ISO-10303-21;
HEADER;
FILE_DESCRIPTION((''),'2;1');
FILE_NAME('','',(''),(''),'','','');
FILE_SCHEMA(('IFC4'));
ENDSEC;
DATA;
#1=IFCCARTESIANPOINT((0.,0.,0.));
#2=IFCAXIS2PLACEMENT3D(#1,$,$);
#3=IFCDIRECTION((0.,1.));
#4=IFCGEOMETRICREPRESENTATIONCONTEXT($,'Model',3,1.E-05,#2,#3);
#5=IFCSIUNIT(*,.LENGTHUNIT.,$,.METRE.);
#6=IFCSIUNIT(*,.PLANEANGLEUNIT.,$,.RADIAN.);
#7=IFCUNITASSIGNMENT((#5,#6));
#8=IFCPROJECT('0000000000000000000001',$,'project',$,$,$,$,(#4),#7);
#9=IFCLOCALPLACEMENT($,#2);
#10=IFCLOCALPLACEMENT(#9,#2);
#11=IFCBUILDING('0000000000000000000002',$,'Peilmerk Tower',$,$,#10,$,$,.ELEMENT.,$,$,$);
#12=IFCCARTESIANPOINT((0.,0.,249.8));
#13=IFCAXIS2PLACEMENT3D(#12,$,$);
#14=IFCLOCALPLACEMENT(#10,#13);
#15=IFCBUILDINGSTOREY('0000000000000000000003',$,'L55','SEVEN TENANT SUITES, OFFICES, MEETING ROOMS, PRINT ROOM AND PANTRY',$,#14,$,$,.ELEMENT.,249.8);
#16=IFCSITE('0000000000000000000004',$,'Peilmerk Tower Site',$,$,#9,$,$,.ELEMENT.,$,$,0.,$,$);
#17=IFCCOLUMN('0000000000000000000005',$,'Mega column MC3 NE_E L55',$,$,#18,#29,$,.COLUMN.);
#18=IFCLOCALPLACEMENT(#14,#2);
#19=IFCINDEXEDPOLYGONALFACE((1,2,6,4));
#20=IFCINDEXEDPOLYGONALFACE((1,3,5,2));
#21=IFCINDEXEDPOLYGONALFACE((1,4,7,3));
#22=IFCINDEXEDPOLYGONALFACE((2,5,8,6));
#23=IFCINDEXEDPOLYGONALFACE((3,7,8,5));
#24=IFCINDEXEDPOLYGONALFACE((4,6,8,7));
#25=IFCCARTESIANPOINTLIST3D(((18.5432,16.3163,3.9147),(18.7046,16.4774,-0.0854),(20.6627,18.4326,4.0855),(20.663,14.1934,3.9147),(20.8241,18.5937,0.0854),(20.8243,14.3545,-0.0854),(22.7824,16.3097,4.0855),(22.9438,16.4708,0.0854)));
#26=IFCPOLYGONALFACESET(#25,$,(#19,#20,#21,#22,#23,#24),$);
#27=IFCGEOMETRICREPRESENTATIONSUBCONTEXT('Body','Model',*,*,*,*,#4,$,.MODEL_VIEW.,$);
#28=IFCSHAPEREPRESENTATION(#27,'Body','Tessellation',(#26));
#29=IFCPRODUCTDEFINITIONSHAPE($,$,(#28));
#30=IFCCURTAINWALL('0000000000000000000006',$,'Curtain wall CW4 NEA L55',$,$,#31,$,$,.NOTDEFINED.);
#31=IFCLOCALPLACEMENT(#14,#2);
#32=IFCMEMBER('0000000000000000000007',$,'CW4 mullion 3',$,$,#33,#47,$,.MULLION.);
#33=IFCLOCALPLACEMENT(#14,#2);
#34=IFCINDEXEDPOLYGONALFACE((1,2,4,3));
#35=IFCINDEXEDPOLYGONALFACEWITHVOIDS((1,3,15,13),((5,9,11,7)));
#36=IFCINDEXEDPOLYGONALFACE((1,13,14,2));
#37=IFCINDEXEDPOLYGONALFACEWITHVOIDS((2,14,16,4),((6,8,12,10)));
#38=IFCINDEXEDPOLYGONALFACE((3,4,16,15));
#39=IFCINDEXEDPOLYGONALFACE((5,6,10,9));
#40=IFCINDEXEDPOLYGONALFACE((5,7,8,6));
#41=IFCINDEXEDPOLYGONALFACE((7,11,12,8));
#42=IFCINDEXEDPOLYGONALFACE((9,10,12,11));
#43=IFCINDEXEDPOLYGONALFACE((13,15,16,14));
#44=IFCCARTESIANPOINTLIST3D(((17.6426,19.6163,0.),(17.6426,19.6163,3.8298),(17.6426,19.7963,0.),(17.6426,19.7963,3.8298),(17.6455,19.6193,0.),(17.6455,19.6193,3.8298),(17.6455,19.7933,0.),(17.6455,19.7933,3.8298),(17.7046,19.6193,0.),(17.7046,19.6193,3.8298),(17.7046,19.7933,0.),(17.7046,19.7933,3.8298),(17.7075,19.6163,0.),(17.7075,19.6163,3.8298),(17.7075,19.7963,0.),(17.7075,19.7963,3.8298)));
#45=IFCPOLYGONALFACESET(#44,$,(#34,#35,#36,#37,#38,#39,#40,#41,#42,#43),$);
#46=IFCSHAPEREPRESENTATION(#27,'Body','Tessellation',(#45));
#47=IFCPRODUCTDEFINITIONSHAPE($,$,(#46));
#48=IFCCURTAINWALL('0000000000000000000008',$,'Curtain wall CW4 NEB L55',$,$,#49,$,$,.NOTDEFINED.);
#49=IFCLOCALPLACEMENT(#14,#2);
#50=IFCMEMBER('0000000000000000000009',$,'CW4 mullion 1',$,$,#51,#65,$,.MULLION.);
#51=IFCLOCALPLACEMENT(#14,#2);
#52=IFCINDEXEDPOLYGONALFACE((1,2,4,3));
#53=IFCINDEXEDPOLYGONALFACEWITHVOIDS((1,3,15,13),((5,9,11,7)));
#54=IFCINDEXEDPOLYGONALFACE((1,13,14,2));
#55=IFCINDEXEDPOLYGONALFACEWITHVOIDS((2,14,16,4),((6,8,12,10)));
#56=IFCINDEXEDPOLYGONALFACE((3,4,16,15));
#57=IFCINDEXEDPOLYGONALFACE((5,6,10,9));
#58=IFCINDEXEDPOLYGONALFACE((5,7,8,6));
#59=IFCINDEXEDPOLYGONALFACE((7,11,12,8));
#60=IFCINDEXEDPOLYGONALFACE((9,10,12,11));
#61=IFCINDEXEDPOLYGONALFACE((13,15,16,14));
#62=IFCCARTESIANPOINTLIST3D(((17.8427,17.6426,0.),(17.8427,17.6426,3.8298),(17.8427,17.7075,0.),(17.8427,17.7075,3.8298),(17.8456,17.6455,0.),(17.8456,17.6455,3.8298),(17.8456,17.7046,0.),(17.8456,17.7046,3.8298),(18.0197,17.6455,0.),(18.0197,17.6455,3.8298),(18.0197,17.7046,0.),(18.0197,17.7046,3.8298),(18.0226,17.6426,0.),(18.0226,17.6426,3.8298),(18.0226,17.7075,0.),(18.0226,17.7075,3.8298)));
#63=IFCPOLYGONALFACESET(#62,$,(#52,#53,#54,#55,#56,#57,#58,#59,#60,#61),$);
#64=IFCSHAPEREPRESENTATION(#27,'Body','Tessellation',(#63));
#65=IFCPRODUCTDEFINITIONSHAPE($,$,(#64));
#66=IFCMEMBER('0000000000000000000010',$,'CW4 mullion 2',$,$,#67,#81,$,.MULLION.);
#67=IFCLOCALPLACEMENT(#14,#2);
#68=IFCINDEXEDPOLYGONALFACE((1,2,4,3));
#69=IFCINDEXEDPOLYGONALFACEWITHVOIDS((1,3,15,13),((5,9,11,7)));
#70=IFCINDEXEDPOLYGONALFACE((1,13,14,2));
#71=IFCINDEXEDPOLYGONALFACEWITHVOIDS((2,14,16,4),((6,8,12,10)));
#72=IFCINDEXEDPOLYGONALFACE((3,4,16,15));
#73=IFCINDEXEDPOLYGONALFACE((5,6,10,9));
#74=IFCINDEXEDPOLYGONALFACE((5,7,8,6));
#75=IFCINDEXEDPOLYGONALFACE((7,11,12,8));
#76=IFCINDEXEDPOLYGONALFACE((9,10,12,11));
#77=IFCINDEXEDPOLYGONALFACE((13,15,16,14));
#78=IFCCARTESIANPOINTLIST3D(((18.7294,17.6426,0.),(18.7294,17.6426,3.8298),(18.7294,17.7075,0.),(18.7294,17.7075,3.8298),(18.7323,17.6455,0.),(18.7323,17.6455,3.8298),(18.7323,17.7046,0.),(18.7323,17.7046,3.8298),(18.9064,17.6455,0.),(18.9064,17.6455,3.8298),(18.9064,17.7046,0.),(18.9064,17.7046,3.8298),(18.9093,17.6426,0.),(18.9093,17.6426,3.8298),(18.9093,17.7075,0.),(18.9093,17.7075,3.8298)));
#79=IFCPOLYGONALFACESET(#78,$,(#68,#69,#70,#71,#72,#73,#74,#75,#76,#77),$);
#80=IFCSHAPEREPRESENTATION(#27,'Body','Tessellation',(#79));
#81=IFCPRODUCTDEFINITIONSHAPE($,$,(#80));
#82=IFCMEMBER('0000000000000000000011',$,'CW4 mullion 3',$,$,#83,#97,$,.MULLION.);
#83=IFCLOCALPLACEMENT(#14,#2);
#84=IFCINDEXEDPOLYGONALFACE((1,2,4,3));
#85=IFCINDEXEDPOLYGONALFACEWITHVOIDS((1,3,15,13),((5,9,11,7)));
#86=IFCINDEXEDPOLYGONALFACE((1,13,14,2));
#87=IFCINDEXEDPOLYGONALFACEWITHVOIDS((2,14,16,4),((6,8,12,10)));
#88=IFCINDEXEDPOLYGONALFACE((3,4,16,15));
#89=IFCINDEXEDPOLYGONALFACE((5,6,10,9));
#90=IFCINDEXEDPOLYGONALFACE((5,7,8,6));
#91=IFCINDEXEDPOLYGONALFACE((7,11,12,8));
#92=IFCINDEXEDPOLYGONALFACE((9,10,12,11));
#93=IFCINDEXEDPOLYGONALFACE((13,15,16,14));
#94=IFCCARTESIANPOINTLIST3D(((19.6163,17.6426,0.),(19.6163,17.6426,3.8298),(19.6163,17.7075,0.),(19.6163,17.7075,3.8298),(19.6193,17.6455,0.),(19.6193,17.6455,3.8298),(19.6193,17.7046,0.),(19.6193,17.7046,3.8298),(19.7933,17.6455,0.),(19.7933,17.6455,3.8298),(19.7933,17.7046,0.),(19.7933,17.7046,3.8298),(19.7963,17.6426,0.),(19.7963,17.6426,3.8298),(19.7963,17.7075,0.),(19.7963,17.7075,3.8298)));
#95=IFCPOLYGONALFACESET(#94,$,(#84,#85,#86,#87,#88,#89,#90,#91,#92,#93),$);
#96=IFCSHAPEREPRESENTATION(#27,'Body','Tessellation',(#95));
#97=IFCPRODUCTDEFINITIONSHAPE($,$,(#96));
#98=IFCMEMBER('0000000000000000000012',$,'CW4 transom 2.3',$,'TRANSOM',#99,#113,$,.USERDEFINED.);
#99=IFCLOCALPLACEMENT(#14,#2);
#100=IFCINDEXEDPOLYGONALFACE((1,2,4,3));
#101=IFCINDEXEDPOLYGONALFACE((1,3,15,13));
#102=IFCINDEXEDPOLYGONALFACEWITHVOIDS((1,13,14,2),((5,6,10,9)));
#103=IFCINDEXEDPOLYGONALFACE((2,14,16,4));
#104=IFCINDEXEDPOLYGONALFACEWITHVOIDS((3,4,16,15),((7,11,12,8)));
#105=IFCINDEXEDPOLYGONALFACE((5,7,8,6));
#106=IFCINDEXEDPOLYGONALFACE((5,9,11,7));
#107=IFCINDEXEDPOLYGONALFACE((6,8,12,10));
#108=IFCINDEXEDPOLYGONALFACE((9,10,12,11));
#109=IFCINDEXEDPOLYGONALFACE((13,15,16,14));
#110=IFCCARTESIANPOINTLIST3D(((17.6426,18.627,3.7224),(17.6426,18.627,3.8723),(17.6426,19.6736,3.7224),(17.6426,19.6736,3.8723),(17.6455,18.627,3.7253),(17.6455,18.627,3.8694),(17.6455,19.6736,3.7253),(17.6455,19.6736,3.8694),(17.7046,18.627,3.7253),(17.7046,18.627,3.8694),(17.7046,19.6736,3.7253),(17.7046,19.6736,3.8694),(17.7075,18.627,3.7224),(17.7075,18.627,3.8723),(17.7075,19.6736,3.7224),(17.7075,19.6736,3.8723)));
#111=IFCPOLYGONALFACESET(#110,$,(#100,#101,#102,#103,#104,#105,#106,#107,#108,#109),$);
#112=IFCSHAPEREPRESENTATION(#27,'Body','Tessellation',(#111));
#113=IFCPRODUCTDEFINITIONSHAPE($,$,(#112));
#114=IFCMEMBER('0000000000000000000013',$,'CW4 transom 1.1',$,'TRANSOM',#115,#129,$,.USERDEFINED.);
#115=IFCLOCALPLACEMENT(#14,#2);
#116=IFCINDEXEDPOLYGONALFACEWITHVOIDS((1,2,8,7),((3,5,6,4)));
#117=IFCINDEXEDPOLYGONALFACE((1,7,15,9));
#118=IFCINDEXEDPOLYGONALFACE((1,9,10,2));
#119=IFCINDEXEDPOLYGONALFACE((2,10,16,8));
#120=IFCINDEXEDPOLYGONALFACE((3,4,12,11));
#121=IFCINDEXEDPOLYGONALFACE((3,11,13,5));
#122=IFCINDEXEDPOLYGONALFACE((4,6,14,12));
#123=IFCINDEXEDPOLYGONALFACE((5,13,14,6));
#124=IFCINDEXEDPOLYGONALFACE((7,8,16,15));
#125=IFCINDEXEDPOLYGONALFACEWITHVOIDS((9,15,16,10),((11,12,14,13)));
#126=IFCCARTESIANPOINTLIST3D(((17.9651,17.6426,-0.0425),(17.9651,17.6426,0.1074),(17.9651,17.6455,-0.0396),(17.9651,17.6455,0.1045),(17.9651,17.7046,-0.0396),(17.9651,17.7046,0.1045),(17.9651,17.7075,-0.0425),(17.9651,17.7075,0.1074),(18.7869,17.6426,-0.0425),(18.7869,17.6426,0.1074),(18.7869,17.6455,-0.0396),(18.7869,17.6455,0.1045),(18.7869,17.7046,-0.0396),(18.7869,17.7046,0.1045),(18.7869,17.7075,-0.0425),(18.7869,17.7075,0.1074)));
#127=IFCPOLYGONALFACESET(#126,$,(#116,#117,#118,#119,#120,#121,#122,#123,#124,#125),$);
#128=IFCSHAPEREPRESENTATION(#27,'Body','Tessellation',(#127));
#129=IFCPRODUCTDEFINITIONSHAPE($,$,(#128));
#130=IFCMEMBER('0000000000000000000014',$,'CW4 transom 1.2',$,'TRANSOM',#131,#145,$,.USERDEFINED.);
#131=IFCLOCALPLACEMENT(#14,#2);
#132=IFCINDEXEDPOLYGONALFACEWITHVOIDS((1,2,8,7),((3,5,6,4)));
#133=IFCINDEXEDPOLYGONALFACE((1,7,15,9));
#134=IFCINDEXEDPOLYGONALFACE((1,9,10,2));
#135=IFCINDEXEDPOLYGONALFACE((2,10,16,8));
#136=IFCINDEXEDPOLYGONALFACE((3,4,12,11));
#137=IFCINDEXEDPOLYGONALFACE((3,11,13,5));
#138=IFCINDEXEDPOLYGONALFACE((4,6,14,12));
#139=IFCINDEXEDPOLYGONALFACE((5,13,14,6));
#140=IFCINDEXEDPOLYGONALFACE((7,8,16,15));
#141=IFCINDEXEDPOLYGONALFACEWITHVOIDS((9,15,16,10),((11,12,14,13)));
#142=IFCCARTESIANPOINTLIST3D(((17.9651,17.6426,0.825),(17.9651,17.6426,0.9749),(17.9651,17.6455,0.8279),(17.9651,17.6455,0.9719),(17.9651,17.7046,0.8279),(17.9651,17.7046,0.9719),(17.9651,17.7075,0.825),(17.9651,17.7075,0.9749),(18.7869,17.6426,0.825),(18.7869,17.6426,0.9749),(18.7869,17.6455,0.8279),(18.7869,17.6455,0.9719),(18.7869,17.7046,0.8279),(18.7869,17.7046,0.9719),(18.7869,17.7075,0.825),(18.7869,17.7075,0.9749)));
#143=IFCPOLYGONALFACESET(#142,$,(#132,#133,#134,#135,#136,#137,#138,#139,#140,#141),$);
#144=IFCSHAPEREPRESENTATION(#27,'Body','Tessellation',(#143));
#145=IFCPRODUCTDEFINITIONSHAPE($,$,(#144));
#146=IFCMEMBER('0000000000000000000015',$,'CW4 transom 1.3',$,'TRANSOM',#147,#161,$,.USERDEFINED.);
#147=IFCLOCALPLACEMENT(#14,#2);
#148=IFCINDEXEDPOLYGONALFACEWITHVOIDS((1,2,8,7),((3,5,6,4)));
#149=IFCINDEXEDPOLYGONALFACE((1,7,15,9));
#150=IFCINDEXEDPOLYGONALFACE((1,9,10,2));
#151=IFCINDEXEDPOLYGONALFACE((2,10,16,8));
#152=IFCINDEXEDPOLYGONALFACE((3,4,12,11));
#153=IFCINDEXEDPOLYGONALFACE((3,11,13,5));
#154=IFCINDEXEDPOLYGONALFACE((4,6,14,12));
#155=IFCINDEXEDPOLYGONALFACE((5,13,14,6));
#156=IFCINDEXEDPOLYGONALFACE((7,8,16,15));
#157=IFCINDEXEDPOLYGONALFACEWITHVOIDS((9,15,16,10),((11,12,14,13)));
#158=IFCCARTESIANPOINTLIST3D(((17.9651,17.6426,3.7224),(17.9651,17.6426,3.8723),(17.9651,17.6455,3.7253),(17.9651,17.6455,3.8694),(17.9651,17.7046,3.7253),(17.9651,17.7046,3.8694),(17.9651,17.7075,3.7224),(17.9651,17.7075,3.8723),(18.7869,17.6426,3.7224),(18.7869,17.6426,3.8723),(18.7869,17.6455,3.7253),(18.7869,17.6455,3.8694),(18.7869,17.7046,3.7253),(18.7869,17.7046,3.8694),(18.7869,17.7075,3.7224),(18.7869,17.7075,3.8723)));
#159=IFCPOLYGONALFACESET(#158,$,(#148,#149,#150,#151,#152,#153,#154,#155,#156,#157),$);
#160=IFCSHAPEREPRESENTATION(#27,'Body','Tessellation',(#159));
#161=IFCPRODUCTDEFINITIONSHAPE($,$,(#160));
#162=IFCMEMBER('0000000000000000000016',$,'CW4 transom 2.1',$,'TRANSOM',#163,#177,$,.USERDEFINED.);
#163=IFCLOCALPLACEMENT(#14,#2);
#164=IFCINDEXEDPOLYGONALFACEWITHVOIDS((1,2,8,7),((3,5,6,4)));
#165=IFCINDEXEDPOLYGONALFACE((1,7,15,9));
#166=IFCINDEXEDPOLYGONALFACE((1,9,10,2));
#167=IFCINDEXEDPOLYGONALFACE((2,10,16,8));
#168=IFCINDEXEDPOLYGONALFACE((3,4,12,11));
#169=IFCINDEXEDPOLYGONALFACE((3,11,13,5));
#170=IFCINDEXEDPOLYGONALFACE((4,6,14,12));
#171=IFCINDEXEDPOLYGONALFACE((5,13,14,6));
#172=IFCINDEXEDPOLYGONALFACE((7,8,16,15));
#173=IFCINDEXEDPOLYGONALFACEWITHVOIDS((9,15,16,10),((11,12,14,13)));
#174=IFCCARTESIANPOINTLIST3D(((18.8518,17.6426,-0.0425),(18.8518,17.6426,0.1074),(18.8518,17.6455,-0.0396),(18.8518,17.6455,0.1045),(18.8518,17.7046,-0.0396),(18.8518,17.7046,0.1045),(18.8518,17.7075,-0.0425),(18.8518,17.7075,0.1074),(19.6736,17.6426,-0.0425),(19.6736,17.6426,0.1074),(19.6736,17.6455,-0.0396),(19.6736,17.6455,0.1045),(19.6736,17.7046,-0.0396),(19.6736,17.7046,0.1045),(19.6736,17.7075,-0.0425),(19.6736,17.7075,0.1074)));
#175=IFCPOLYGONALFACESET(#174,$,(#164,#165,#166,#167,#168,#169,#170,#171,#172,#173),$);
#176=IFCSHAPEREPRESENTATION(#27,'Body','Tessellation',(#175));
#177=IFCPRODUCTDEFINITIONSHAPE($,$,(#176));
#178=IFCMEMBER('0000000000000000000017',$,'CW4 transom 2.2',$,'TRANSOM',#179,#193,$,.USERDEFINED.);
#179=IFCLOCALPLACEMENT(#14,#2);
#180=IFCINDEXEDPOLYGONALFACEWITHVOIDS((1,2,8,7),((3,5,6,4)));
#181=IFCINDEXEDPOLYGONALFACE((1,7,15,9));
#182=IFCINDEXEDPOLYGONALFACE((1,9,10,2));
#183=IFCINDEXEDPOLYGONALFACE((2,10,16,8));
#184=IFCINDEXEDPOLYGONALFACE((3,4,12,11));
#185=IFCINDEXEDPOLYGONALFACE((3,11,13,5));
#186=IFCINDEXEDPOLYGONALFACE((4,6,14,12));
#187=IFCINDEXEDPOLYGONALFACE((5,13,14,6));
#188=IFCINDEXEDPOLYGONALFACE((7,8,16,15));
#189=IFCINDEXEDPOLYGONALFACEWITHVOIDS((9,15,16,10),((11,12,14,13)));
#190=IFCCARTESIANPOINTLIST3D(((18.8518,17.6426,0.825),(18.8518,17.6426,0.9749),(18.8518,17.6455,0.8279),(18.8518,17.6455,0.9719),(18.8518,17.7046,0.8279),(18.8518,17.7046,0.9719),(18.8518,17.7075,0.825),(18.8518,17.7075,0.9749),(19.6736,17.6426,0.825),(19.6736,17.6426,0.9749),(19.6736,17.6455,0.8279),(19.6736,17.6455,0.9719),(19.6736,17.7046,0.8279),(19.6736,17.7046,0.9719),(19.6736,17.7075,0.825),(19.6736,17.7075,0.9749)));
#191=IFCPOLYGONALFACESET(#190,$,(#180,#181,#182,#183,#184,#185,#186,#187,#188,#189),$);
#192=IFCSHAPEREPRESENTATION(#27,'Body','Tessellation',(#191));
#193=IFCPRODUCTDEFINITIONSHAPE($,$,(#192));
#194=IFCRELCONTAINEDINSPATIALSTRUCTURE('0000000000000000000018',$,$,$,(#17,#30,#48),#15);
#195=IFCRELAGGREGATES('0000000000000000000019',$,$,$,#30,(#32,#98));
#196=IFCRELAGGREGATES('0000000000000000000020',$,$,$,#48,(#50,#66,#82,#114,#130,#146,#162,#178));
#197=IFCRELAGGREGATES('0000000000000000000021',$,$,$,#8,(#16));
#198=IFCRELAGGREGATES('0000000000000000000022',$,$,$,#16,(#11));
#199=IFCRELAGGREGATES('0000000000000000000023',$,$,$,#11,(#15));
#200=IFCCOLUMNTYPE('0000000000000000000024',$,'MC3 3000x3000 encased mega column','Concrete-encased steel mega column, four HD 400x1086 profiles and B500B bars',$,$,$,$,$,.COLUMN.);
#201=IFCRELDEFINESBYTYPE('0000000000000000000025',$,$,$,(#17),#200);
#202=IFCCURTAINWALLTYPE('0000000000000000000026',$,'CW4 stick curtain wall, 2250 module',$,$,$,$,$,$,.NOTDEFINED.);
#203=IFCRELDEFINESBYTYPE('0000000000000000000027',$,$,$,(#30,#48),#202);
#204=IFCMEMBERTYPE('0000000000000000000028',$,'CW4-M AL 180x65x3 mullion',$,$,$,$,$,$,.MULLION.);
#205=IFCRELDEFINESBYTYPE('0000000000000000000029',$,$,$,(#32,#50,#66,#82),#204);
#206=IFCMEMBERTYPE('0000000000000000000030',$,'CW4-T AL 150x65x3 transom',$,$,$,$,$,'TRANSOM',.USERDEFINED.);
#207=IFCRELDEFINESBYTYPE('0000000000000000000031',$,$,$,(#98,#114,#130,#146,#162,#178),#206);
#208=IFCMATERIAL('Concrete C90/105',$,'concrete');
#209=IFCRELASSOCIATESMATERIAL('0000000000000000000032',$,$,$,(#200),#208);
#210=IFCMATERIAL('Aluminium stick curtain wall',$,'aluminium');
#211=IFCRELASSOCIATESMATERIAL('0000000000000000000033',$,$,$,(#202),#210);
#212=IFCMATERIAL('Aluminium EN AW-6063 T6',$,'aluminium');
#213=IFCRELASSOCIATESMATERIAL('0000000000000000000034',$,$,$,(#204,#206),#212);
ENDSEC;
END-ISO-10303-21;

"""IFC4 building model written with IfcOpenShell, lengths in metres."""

from ifc_helpers import new_model, si_unit, direction, frame, origin, origin_2d, place, context, subcontext, project, spatial, rectangle, hollow_rectangle, extrude, material, material_profile, profile_set, type_object, element, aggregate, save


model = new_model("IFC4")

# Units and contexts
model_context = context("Model", 3, precision=1e-05, world=origin(), true_north=direction((0.0, 1.0)))
body_context = subcontext(model_context, "Body", "Model", "MODEL_VIEW")
ifc_project = project(units=[si_unit("LENGTHUNIT", "METRE"), si_unit("PLANEANGLEUNIT", "RADIAN")], contexts=[model_context])

# Site, building, storey
site_placement = place(None, origin())
site = spatial("IfcSite", under=ifc_project, at=site_placement, Name="Peilmerk Tower Site", CompositionType="ELEMENT", RefElevation=0.0)
building_placement = place(site_placement, origin())
building = spatial("IfcBuilding", under=site, at=building_placement, Name="Peilmerk Tower", CompositionType="ELEMENT")
storey_placement = place(building_placement, frame((0.0, 0.0, 249.8)))
storey = spatial("IfcBuildingStorey", under=building, at=storey_placement, Name="L55", Description="SEVEN TENANT SUITES, OFFICES, MEETING ROOMS, PRINT ROOM AND PANTRY", CompositionType="ELEMENT", Elevation=249.8)

# Column
ifc_material_1 = material(Name="Concrete C90/105", Category="concrete")
ifc_material_profile_1 = material_profile(ifc_material_1, rectangle(XDim=3.0, YDim=3.0, at=origin_2d()), Name="RC 3000x3000")
ifc_profile_set_1 = profile_set([ifc_material_profile_1], Name="Concrete C90/105")
column_type = type_object("IfcColumnType", Name="MC3 3000x3000 encased mega column", Description="Concrete-encased steel mega column, four HD 400x1086 profiles and B500B bars", PredefinedType="COLUMN", material=ifc_profile_set_1)
column_placement = place(storey_placement, frame((20.8242, 16.4741, 0.0), z_axis=(-0.040279, -0.040218, 0.998379), x_axis=(0.706571, -0.707642, 0.0)))
element("IfcColumn", 1, at=column_placement, inside=storey, type_object=column_type, Name="Mega column MC3 NE_E L55", PredefinedType="COLUMN", context=body_context, shape_type="SweptSolid", body=[
    extrude(rectangle(XDim=3.0, YDim=3.0, at=origin_2d()), origin(), (0.0, 0.0, 1.0), 4.0066),
])

# Curtain wall, member
ifc_material_2 = material(Name="Aluminium stick curtain wall", Category="aluminium")
curtain_wall_type = type_object("IfcCurtainWallType", Name="CW4 stick curtain wall, 2250 module", PredefinedType="NOTDEFINED", material=ifc_material_2)
curtain_wall_1_placement = place(storey_placement, origin())
curtain_wall_1 = element("IfcCurtainWall", 2, at=curtain_wall_1_placement, inside=storey, type_object=curtain_wall_type, Name="Curtain wall CW4 NEA L55", PredefinedType="NOTDEFINED")
ifc_material_3 = material(Name="Aluminium EN AW-6063 T6", Category="aluminium")
ifc_material_profile_2 = material_profile(ifc_material_3, hollow_rectangle(XDim=0.0649, YDim=0.1799, WallThickness=0.0029, at=origin_2d()), Name="AL 180x65x3")
ifc_profile_set_2 = profile_set([ifc_material_profile_2], Name="Aluminium EN AW-6063 T6")
member_type_1 = type_object("IfcMemberType", Name="CW4-M AL 180x65x3 mullion", PredefinedType="MULLION", material=ifc_profile_set_2)
member_1_placement = place(storey_placement, frame((17.675, 19.7063, 0.0), z_axis=(0.0, 0.0, 1.0), x_axis=(-1.0, 0.0, 0.0)))
member_1 = element("IfcMember", 3, at=member_1_placement, type_object=member_type_1, Name="CW4 mullion 3", PredefinedType="MULLION", context=body_context, shape_type="SweptSolid", body=[
    extrude(hollow_rectangle(XDim=0.0649, YDim=0.1799, WallThickness=0.0029, at=origin_2d()), origin(), (0.0, 0.0, 1.0), 3.8298),
])

# Curtain wall, members
curtain_wall_2_placement = place(storey_placement, origin())
curtain_wall_2 = element("IfcCurtainWall", 4, at=curtain_wall_2_placement, inside=storey, type_object=curtain_wall_type, Name="Curtain wall CW4 NEB L55", PredefinedType="NOTDEFINED")
member_2_placement = place(storey_placement, frame((17.9326, 17.675, 0.0), z_axis=(0.0, 0.0, 1.0), x_axis=(0.0, 1.0, 0.0)))
member_2 = element("IfcMember", 5, at=member_2_placement, type_object=member_type_1, Name="CW4 mullion 1", PredefinedType="MULLION", context=body_context, shape_type="SweptSolid", body=[
    extrude(hollow_rectangle(XDim=0.0649, YDim=0.1799, WallThickness=0.0029, at=origin_2d()), origin(), (0.0, 0.0, 1.0), 3.8298),
])
member_3_placement = place(storey_placement, frame((18.8193, 17.675, 0.0), z_axis=(0.0, 0.0, 1.0), x_axis=(0.0, 1.0, 0.0)))
member_3 = element("IfcMember", 6, at=member_3_placement, type_object=member_type_1, Name="CW4 mullion 2", PredefinedType="MULLION", context=body_context, shape_type="SweptSolid", body=[
    extrude(hollow_rectangle(XDim=0.0649, YDim=0.1799, WallThickness=0.0029, at=origin_2d()), origin(), (0.0, 0.0, 1.0), 3.8298),
])
member_4_placement = place(storey_placement, frame((19.7063, 17.675, 0.0), z_axis=(0.0, 0.0, 1.0), x_axis=(0.0, 1.0, 0.0)))
member_4 = element("IfcMember", 7, at=member_4_placement, type_object=member_type_1, Name="CW4 mullion 3", PredefinedType="MULLION", context=body_context, shape_type="SweptSolid", body=[
    extrude(hollow_rectangle(XDim=0.0649, YDim=0.1799, WallThickness=0.0029, at=origin_2d()), origin(), (0.0, 0.0, 1.0), 3.8298),
])

# Members
ifc_material_profile_3 = material_profile(ifc_material_3, hollow_rectangle(XDim=0.0649, YDim=0.1499, WallThickness=0.0029, at=origin_2d()), Name="AL 150x65x3")
ifc_profile_set_3 = profile_set([ifc_material_profile_3], Name="Aluminium EN AW-6063 T6")
member_type_2 = type_object("IfcMemberType", Name="CW4-T AL 150x65x3 transom", ElementType="TRANSOM", PredefinedType="USERDEFINED", material=ifc_profile_set_3)
member_5_placement = place(storey_placement, frame((17.675, 18.627, 3.7974), z_axis=(0.0, 1.0, 0.0), x_axis=(-1.0, 0.0, 0.0)))
member_5 = element("IfcMember", 8, at=member_5_placement, type_object=member_type_2, Name="CW4 transom 2.3", ObjectType="TRANSOM", PredefinedType="USERDEFINED", context=body_context, shape_type="SweptSolid", body=[
    extrude(hollow_rectangle(XDim=0.0649, YDim=0.1499, WallThickness=0.0029, at=origin_2d()), origin(), (0.0, 0.0, 1.0), 1.0466),
])
member_6_placement = place(storey_placement, frame((17.9651, 17.675, 0.0325), z_axis=(1.0, 0.0, 0.0), x_axis=(0.0, 1.0, 0.0)))
member_6 = element("IfcMember", 9, at=member_6_placement, type_object=member_type_2, Name="CW4 transom 1.1", ObjectType="TRANSOM", PredefinedType="USERDEFINED", context=body_context, shape_type="SweptSolid", body=[
    extrude(hollow_rectangle(XDim=0.0649, YDim=0.1499, WallThickness=0.0029, at=origin_2d()), origin(), (0.0, 0.0, 1.0), 0.8218),
])
member_7_placement = place(storey_placement, frame((17.9651, 17.675, 0.8999), z_axis=(1.0, 0.0, 0.0), x_axis=(0.0, 1.0, 0.0)))
member_7 = element("IfcMember", 10, at=member_7_placement, type_object=member_type_2, Name="CW4 transom 1.2", ObjectType="TRANSOM", PredefinedType="USERDEFINED", context=body_context, shape_type="SweptSolid", body=[
    extrude(hollow_rectangle(XDim=0.0649, YDim=0.1499, WallThickness=0.0029, at=origin_2d()), origin(), (0.0, 0.0, 1.0), 0.8218),
])
member_8_placement = place(storey_placement, frame((17.9651, 17.675, 3.7974), z_axis=(1.0, 0.0, 0.0), x_axis=(0.0, 1.0, 0.0)))
member_8 = element("IfcMember", 11, at=member_8_placement, type_object=member_type_2, Name="CW4 transom 1.3", ObjectType="TRANSOM", PredefinedType="USERDEFINED", context=body_context, shape_type="SweptSolid", body=[
    extrude(hollow_rectangle(XDim=0.0649, YDim=0.1499, WallThickness=0.0029, at=origin_2d()), origin(), (0.0, 0.0, 1.0), 0.8218),
])
member_9_placement = place(storey_placement, frame((18.8518, 17.675, 0.0325), z_axis=(1.0, 0.0, 0.0), x_axis=(0.0, 1.0, 0.0)))
member_9 = element("IfcMember", 12, at=member_9_placement, type_object=member_type_2, Name="CW4 transom 2.1", ObjectType="TRANSOM", PredefinedType="USERDEFINED", context=body_context, shape_type="SweptSolid", body=[
    extrude(hollow_rectangle(XDim=0.0649, YDim=0.1499, WallThickness=0.0029, at=origin_2d()), origin(), (0.0, 0.0, 1.0), 0.8218),
])
member_10_placement = place(storey_placement, frame((18.8518, 17.675, 0.8999), z_axis=(1.0, 0.0, 0.0), x_axis=(0.0, 1.0, 0.0)))
member_10 = element("IfcMember", 13, at=member_10_placement, type_object=member_type_2, Name="CW4 transom 2.2", ObjectType="TRANSOM", PredefinedType="USERDEFINED", context=body_context, shape_type="SweptSolid", body=[
    extrude(hollow_rectangle(XDim=0.0649, YDim=0.1499, WallThickness=0.0029, at=origin_2d()), origin(), (0.0, 0.0, 1.0), 0.8218),
])

aggregate(curtain_wall_1, [member_1, member_5])
aggregate(curtain_wall_2, [member_2, member_3, member_4, member_6, member_7, member_8, member_9, member_10])

save(model, "model.ifc")
